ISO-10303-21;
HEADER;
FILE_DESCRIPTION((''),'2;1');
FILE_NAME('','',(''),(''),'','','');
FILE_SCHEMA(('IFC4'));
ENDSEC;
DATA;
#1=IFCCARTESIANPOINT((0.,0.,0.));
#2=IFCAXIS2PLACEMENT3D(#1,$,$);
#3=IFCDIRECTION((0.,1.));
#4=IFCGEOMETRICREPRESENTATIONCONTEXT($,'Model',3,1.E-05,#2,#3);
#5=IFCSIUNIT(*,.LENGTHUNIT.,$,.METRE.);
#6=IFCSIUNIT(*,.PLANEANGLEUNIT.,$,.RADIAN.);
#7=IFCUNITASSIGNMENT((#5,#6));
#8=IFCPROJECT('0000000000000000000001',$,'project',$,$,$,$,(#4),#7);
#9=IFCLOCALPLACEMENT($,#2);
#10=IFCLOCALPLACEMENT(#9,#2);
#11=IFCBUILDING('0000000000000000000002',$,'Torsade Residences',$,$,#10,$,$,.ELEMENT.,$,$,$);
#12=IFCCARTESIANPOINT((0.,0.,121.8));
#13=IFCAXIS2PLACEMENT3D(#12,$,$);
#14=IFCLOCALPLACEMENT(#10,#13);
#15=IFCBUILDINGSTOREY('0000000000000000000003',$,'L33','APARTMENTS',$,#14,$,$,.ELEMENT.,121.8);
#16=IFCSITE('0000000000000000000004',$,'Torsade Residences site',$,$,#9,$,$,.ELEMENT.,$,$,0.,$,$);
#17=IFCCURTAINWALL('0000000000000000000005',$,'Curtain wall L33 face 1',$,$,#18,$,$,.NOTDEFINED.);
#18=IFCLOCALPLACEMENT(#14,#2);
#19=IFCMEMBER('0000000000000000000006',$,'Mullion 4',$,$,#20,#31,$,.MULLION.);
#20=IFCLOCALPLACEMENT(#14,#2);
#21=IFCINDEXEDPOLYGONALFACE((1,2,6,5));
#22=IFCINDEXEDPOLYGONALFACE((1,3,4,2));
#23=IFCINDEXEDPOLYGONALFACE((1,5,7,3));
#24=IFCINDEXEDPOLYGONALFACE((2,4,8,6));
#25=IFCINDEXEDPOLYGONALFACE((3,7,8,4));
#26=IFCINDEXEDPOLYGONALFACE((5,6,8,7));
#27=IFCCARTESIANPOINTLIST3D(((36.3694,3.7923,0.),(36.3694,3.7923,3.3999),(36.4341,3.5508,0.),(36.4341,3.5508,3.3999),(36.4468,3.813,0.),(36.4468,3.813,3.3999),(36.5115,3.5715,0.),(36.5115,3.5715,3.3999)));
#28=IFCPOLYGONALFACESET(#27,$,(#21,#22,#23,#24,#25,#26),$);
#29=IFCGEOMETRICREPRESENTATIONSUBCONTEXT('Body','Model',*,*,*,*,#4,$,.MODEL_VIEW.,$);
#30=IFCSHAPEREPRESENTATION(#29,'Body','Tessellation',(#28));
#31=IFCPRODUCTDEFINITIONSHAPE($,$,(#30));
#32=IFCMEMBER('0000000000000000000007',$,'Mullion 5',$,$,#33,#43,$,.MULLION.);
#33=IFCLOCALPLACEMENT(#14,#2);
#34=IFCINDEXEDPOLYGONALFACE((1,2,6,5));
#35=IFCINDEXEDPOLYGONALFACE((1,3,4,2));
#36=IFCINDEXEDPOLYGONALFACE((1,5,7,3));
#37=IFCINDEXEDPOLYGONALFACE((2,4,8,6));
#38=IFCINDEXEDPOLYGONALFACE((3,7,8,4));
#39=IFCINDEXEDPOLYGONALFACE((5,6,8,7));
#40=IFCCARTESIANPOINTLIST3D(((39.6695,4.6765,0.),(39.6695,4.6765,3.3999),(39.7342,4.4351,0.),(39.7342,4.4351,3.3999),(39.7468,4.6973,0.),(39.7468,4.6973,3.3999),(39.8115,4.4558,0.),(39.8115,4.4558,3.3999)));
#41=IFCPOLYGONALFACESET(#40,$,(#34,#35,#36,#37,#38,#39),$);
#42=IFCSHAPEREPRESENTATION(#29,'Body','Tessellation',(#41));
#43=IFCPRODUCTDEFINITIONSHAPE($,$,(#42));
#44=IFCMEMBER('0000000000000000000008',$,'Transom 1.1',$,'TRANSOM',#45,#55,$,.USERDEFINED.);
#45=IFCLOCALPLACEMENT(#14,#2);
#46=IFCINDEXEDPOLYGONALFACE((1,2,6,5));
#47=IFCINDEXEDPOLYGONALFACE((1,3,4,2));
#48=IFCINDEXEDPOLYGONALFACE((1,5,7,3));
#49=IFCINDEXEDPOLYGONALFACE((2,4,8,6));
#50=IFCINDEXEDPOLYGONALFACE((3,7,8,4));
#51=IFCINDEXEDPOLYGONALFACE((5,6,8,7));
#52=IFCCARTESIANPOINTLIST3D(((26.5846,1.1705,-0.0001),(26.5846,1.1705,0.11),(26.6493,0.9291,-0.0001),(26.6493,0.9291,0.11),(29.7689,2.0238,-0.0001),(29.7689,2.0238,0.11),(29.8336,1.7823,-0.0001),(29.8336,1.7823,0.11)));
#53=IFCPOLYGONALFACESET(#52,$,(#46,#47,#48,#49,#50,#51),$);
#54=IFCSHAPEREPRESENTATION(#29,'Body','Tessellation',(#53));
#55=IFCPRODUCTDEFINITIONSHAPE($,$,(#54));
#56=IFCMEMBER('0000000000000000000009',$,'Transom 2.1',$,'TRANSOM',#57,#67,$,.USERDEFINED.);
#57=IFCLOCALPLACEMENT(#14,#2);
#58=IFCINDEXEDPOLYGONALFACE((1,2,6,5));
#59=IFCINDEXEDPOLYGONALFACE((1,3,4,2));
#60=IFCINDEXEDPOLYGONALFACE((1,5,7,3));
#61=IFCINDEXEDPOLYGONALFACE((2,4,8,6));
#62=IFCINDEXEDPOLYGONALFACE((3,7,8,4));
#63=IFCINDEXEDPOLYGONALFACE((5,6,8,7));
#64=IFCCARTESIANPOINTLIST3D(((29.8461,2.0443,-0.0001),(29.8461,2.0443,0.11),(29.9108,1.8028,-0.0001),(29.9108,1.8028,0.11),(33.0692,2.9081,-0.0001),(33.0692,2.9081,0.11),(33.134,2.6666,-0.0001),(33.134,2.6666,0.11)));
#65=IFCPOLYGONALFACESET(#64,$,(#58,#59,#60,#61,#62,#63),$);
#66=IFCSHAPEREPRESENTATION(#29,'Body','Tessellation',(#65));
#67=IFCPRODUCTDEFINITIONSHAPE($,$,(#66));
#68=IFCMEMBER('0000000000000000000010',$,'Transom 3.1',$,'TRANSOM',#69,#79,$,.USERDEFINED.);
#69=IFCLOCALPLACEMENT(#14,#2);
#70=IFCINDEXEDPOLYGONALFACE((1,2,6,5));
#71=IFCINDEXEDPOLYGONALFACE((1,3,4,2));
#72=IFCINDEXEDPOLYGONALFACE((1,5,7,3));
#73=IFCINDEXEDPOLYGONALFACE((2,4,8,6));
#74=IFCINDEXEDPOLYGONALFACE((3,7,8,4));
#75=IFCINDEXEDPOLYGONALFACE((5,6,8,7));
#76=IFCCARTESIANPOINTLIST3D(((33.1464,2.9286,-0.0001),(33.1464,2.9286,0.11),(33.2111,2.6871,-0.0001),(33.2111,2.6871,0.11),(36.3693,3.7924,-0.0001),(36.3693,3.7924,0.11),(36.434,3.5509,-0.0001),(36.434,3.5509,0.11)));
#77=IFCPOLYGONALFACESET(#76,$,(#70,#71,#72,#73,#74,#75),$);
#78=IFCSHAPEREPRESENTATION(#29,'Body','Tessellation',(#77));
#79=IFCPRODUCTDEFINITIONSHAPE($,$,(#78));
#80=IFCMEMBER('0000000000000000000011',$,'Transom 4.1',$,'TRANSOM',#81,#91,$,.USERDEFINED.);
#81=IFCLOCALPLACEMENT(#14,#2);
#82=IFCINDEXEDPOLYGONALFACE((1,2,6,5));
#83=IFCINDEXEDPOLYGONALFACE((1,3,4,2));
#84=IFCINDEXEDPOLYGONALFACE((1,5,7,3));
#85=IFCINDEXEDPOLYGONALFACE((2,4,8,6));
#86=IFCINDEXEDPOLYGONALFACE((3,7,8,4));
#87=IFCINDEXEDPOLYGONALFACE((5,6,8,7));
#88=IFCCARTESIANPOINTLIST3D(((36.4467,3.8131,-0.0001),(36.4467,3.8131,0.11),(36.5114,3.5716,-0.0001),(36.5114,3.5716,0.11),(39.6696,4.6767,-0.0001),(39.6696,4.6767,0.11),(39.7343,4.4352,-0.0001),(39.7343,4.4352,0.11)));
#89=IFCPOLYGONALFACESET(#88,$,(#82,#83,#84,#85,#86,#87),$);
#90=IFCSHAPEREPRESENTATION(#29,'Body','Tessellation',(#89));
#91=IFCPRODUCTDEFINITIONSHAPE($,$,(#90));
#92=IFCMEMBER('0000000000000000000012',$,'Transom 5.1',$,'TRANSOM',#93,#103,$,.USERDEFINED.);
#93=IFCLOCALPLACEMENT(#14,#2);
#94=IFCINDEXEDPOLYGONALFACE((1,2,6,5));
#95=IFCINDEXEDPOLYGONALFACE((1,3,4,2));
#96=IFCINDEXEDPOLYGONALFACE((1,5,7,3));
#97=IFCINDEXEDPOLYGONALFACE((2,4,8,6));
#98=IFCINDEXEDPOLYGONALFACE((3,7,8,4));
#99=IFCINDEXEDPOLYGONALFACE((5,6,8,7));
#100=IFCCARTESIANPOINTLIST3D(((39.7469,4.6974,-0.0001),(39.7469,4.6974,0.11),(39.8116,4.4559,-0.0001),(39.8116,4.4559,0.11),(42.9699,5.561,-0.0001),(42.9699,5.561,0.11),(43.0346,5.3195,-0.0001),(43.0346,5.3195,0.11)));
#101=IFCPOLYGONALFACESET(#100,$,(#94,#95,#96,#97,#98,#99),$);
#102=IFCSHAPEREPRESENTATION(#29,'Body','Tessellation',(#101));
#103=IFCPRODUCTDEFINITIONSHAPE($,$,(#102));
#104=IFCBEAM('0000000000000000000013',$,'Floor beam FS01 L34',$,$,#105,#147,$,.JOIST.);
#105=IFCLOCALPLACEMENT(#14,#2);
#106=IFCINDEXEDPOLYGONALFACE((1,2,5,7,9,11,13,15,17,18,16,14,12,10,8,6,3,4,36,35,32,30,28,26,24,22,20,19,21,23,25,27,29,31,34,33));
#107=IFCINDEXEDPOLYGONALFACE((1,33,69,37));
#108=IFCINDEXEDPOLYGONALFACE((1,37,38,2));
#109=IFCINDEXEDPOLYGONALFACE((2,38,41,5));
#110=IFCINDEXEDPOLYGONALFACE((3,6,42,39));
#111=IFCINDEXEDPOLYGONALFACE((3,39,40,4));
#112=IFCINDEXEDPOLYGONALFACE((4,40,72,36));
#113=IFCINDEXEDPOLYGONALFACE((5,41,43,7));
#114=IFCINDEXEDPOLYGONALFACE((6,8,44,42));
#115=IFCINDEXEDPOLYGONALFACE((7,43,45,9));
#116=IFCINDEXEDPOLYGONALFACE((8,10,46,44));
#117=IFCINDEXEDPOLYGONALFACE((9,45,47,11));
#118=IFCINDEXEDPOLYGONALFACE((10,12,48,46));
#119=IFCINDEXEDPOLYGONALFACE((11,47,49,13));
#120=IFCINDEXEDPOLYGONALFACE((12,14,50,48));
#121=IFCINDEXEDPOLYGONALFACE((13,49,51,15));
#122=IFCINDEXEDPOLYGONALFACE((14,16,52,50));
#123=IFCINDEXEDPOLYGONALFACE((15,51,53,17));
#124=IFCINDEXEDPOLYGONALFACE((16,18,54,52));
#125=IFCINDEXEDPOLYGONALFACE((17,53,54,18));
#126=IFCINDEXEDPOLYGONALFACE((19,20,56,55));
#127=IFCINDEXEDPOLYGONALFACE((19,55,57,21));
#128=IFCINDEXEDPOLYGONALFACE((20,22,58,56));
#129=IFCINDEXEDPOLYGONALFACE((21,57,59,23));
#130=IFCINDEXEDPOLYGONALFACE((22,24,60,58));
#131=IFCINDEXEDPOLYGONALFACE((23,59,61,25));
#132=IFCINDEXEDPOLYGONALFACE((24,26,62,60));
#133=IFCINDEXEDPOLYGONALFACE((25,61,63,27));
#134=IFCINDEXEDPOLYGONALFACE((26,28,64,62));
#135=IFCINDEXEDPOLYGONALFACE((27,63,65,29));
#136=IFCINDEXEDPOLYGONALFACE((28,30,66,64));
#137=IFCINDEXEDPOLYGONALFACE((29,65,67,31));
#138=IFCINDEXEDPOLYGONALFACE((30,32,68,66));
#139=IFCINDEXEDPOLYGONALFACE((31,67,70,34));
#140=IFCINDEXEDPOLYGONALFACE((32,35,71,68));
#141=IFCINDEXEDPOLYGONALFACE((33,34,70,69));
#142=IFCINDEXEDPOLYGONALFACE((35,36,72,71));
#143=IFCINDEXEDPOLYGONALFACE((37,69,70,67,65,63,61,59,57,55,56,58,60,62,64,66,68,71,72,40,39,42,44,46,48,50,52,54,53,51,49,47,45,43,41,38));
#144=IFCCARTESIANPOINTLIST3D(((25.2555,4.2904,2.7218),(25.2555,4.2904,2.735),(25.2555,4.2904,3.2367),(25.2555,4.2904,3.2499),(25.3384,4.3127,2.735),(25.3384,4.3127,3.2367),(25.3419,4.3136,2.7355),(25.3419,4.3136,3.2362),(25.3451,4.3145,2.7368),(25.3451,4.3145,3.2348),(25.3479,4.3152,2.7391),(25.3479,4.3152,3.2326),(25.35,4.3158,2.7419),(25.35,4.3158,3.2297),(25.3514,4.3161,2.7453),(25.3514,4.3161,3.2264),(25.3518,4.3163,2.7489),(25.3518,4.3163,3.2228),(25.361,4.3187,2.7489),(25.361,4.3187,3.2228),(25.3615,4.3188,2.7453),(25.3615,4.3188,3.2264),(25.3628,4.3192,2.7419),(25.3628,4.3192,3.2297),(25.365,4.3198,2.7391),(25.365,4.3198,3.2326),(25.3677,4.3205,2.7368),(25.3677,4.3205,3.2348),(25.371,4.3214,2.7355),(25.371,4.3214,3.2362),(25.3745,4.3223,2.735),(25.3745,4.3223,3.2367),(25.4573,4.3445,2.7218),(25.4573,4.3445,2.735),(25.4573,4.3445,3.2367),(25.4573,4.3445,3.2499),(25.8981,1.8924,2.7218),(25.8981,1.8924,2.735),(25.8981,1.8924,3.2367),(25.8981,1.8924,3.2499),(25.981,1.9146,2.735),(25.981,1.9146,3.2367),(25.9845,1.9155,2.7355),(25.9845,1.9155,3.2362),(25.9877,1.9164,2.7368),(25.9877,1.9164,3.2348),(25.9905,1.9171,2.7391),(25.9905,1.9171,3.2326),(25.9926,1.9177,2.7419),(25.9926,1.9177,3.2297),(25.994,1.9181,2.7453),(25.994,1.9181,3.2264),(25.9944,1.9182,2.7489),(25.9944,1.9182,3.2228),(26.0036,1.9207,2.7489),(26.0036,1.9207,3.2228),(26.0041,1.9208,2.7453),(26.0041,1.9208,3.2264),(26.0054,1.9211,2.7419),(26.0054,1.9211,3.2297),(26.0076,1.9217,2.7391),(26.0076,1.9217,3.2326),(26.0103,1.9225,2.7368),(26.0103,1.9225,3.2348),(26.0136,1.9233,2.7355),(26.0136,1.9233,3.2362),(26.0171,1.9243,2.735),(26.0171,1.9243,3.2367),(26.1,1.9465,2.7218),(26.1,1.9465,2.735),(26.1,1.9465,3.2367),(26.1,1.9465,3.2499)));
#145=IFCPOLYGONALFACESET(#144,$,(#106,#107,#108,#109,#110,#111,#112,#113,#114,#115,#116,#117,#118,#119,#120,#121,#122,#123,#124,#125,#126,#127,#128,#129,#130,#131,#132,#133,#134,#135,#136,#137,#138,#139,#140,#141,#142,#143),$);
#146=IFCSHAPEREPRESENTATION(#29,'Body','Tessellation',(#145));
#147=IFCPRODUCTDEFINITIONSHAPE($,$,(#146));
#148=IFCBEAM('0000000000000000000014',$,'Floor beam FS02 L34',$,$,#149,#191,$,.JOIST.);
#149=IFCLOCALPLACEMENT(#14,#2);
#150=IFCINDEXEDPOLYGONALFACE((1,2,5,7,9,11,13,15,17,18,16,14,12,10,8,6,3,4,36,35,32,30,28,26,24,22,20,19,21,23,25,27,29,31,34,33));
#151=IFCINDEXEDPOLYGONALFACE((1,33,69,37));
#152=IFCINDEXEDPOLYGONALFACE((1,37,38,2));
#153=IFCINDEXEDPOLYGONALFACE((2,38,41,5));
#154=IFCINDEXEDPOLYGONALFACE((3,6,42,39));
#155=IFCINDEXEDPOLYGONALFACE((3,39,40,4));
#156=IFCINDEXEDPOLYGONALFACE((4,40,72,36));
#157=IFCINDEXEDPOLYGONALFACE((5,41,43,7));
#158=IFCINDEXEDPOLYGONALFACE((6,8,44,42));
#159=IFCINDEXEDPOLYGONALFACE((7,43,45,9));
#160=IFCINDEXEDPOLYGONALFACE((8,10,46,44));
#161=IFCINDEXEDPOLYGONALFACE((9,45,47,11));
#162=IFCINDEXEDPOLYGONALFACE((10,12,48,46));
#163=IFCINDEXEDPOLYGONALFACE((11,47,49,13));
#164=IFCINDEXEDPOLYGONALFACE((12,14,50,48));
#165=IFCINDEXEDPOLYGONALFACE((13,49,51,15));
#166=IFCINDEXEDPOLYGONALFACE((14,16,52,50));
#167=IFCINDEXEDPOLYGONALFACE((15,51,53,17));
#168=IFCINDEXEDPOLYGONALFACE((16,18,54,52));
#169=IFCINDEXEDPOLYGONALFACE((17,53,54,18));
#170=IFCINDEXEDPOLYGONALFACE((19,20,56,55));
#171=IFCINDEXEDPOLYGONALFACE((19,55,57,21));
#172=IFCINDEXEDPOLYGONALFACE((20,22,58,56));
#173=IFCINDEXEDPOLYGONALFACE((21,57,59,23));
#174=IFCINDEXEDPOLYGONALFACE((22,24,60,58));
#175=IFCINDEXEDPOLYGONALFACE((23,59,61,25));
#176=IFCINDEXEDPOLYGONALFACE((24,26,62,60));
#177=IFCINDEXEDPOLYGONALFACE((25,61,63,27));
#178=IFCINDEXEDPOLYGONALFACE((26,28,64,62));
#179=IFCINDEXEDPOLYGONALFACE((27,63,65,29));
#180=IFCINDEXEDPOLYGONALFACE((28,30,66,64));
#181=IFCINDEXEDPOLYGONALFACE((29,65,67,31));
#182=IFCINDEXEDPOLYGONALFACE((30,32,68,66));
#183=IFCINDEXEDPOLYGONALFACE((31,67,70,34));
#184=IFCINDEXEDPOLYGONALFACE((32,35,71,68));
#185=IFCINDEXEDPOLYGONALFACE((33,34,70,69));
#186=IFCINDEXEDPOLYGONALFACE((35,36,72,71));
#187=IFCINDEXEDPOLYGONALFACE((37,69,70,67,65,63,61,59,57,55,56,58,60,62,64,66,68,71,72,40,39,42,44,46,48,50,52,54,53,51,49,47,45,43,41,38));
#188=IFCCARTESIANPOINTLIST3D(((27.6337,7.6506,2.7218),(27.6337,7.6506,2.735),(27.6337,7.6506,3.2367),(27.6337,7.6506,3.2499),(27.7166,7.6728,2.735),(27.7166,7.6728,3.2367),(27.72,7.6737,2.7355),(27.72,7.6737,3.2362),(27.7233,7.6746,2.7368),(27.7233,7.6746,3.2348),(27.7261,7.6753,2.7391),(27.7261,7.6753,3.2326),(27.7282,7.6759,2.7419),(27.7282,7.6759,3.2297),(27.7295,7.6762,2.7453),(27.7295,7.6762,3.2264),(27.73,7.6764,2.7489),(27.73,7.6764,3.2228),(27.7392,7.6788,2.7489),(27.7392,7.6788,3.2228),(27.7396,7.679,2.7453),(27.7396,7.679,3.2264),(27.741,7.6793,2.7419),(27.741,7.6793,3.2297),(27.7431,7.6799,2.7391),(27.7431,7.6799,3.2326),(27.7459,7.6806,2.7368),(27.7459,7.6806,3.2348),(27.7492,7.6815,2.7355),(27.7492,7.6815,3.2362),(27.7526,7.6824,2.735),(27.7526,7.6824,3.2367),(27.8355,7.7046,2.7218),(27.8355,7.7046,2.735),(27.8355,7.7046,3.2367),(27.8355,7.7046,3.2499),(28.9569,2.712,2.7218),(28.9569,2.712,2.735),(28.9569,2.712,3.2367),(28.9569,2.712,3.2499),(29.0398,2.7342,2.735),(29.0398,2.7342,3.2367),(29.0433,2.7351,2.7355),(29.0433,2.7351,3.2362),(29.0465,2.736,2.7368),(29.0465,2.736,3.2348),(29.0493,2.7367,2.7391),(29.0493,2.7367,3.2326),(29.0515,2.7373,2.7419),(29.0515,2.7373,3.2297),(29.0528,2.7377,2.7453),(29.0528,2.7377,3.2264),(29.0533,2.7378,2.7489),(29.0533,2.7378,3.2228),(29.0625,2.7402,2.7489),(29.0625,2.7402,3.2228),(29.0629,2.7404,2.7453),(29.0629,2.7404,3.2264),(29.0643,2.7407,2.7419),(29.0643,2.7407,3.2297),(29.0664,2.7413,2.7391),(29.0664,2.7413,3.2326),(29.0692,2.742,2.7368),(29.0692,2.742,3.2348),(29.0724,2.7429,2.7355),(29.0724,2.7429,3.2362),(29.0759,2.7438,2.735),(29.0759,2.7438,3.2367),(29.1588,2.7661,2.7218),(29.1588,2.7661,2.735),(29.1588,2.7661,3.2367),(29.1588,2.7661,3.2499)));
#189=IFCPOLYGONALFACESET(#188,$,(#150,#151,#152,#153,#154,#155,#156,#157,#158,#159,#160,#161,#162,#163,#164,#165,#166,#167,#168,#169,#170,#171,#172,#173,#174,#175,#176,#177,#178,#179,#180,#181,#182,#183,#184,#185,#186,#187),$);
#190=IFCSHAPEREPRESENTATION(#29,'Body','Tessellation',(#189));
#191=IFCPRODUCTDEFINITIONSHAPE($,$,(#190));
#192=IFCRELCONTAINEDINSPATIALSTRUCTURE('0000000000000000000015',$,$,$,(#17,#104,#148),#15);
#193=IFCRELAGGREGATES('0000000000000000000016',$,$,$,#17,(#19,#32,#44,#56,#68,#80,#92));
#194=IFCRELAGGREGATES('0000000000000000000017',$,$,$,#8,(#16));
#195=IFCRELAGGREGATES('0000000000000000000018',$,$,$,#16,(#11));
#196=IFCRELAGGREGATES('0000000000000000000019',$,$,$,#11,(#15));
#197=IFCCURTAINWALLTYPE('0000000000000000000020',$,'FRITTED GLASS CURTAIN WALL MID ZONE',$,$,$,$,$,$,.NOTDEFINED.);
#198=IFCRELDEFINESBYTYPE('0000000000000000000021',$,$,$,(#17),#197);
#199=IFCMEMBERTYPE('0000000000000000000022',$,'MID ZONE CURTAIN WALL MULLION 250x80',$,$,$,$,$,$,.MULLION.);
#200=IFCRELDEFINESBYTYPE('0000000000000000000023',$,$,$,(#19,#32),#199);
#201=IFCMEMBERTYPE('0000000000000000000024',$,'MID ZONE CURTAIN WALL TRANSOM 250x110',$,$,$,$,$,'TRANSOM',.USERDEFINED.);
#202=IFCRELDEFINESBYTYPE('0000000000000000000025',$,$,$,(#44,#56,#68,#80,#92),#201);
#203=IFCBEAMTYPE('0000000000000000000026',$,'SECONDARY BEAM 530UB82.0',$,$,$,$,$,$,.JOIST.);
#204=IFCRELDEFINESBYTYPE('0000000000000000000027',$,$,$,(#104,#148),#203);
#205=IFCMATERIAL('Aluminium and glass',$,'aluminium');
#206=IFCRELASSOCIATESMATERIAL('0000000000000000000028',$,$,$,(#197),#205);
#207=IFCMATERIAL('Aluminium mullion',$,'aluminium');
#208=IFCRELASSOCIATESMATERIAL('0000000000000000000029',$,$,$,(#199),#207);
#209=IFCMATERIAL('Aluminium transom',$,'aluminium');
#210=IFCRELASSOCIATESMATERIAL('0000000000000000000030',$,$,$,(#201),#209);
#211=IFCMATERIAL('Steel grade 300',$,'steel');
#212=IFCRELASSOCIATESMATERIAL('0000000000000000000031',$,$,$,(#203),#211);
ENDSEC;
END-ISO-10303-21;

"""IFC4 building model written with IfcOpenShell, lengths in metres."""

from ifc_helpers import new_model, si_unit, direction, frame, origin, origin_2d, place, context, subcontext, project, spatial, rectangle, i_section, extrude, material, material_profile, profile_set, type_object, element, aggregate, save


model = new_model("IFC4")

# Units and contexts
model_context = context("Model", 3, precision=1e-05, world=origin(), true_north=direction((0.0, 1.0)))
body_context = subcontext(model_context, "Body", "Model", "MODEL_VIEW")
ifc_project = project(units=[si_unit("LENGTHUNIT", "METRE"), si_unit("PLANEANGLEUNIT", "RADIAN")], contexts=[model_context])

# Site, building, storey
site_placement = place(None, origin())
site = spatial("IfcSite", under=ifc_project, at=site_placement, Name="Torsade Residences site", CompositionType="ELEMENT", RefElevation=0.0)
building_placement = place(site_placement, origin())
building = spatial("IfcBuilding", under=site, at=building_placement, Name="Torsade Residences", CompositionType="ELEMENT")
storey_placement = place(building_placement, frame((0.0, 0.0, 121.8)))
storey = spatial("IfcBuildingStorey", under=building, at=storey_placement, Name="L33", Description="APARTMENTS", CompositionType="ELEMENT", Elevation=121.8)

# Curtain wall, members
ifc_material_1 = material(Name="Aluminium and glass", Category="aluminium")
curtain_wall_type = type_object("IfcCurtainWallType", Name="FRITTED GLASS CURTAIN WALL MID ZONE", PredefinedType="NOTDEFINED", material=ifc_material_1)
curtain_wall_placement = place(storey_placement, origin())
curtain_wall = element("IfcCurtainWall", 1, at=curtain_wall_placement, inside=storey, type_object=curtain_wall_type, Name="Curtain wall L33 face 1", PredefinedType="NOTDEFINED")
ifc_material_2 = material(Name="Aluminium mullion", Category="aluminium")
ifc_material_profile_1 = material_profile(ifc_material_2, rectangle(XDim=0.25, YDim=0.0801, at=origin_2d()), Name="MID ZONE CURTAIN WALL MULLION 250x80")
ifc_profile_set_1 = profile_set([ifc_material_profile_1], Name="Aluminium mullion")
member_type_1 = type_object("IfcMemberType", Name="MID ZONE CURTAIN WALL MULLION 250x80", PredefinedType="MULLION", material=ifc_profile_set_1)
member_1_placement = place(storey_placement, frame((36.4404, 3.6819, 0.0), z_axis=(0.0, 0.0, 1.0), x_axis=(-0.258819, 0.965926, 0.0)))
member_1 = element("IfcMember", 2, at=member_1_placement, type_object=member_type_1, Name="Mullion 4", PredefinedType="MULLION", context=body_context, shape_type="SweptSolid", body=[
    extrude(rectangle(XDim=0.25, YDim=0.0801, at=origin_2d()), origin(), (0.0, 0.0, 1.0), 3.3999),
])
member_2_placement = place(storey_placement, frame((39.7405, 4.5662, 0.0), z_axis=(0.0, 0.0, 1.0), x_axis=(-0.258819, 0.965926, 0.0)))
member_2 = element("IfcMember", 3, at=member_2_placement, type_object=member_type_1, Name="Mullion 5", PredefinedType="MULLION", context=body_context, shape_type="SweptSolid", body=[
    extrude(rectangle(XDim=0.25, YDim=0.0801, at=origin_2d()), origin(), (0.0, 0.0, 1.0), 3.3999),
])
ifc_material_3 = material(Name="Aluminium transom", Category="aluminium")
ifc_material_profile_2 = material_profile(ifc_material_3, rectangle(XDim=0.25, YDim=0.1101, at=origin_2d()), Name="MID ZONE CURTAIN WALL TRANSOM 250x110")
ifc_profile_set_2 = profile_set([ifc_material_profile_2], Name="Aluminium transom")
member_type_2 = type_object("IfcMemberType", Name="MID ZONE CURTAIN WALL TRANSOM 250x110", ElementType="TRANSOM", PredefinedType="USERDEFINED", material=ifc_profile_set_2)
member_3_placement = place(storey_placement, frame((26.6169, 1.0498, 0.0549), z_axis=(0.965923, 0.258829, 0.0), x_axis=(-0.258829, 0.965923, 0.0)))
member_3 = element("IfcMember", 4, at=member_3_placement, type_object=member_type_2, Name="Transom 1.1", ObjectType="TRANSOM", PredefinedType="USERDEFINED", context=body_context, shape_type="SweptSolid", body=[
    extrude(rectangle(XDim=0.25, YDim=0.1101, at=origin_2d()), origin(), (0.0, 0.0, 1.0), 3.2966),
])
member_4_placement = place(storey_placement, frame((29.8784, 1.9236, 0.0549), z_axis=(0.965916, 0.258856, 0.0), x_axis=(-0.258856, 0.965916, 0.0)))
member_4 = element("IfcMember", 5, at=member_4_placement, type_object=member_type_2, Name="Transom 2.1", ObjectType="TRANSOM", PredefinedType="USERDEFINED", context=body_context, shape_type="SweptSolid", body=[
    extrude(rectangle(XDim=0.25, YDim=0.1101, at=origin_2d()), origin(), (0.0, 0.0, 1.0), 3.3369),
])
member_5_placement = place(storey_placement, frame((33.1787, 2.8079, 0.0549), z_axis=(0.965911, 0.258874, 0.0), x_axis=(-0.258874, 0.965911, 0.0)))
member_5 = element("IfcMember", 6, at=member_5_placement, type_object=member_type_2, Name="Transom 3.1", ObjectType="TRANSOM", PredefinedType="USERDEFINED", context=body_context, shape_type="SweptSolid", body=[
    extrude(rectangle(XDim=0.25, YDim=0.1101, at=origin_2d()), origin(), (0.0, 0.0, 1.0), 3.3367),
])
member_6_placement = place(storey_placement, frame((36.479, 3.6924, 0.0549), z_axis=(0.965929, 0.258806, 0.0), x_axis=(-0.258806, 0.965929, 0.0)))
member_6 = element("IfcMember", 7, at=member_6_placement, type_object=member_type_2, Name="Transom 4.1", ObjectType="TRANSOM", PredefinedType="USERDEFINED", context=body_context, shape_type="SweptSolid", body=[
    extrude(rectangle(XDim=0.25, YDim=0.1101, at=origin_2d()), origin(), (0.0, 0.0, 1.0), 3.3367),
])
member_7_placement = place(storey_placement, frame((39.7793, 4.5767, 0.0549), z_axis=(0.965929, 0.258806, 0.0), x_axis=(-0.258806, 0.965929, 0.0)))
member_7 = element("IfcMember", 8, at=member_7_placement, type_object=member_type_2, Name="Transom 5.1", ObjectType="TRANSOM", PredefinedType="USERDEFINED", context=body_context, shape_type="SweptSolid", body=[
    extrude(rectangle(XDim=0.25, YDim=0.1101, at=origin_2d()), origin(), (0.0, 0.0, 1.0), 3.3367),
])

# Beams
ifc_material_4 = material(Name="Steel grade 300", Category="steel")
ifc_material_profile_3 = material_profile(ifc_material_4, i_section(OverallWidth=0.209, OverallDepth=0.5281, WebThickness=0.0095, FlangeThickness=0.0132, FilletRadius=0.0139, at=origin_2d()), Name="530UB82.0")
ifc_profile_set_3 = profile_set([ifc_material_profile_3], Name="Steel grade 300")
beam_type_1 = type_object("IfcBeamType", Name="SECONDARY BEAM 530UB82.0", PredefinedType="JOIST", material=ifc_profile_set_3)
beam_1_placement = place(storey_placement, frame((25.999, 1.9194, 2.9858), z_axis=(-0.258838, 0.965921, 0.0), x_axis=(-0.965921, -0.258838, 0.0)))
element("IfcBeam", 9, at=beam_1_placement, inside=storey, type_object=beam_type_1, Name="Floor beam FS01 L34", PredefinedType="JOIST", context=body_context, shape_type="SweptSolid", body=[
    extrude(i_section(OverallWidth=0.209, OverallDepth=0.5281, WebThickness=0.0095, FlangeThickness=0.0132, FilletRadius=0.0139, at=origin_2d()), origin(), (0.0, 0.0, 1.0), 2.4827),
])
beam_2_placement = place(storey_placement, frame((29.0579, 2.739, 2.9858), z_axis=(-0.258816, 0.965927, 0.0), x_axis=(-0.965927, -0.258816, 0.0)))
element("IfcBeam", 10, at=beam_2_placement, inside=storey, type_object=beam_type_1, Name="Floor beam FS02 L34", PredefinedType="JOIST", context=body_context, shape_type="SweptSolid", body=[
    extrude(i_section(OverallWidth=0.209, OverallDepth=0.5281, WebThickness=0.0095, FlangeThickness=0.0132, FilletRadius=0.0139, at=origin_2d()), origin(), (0.0, 0.0, 1.0), 5.1128),
])

aggregate(curtain_wall, [member_1, member_2, member_3, member_4, member_5, member_6, member_7])

save(model, "model.ifc")
